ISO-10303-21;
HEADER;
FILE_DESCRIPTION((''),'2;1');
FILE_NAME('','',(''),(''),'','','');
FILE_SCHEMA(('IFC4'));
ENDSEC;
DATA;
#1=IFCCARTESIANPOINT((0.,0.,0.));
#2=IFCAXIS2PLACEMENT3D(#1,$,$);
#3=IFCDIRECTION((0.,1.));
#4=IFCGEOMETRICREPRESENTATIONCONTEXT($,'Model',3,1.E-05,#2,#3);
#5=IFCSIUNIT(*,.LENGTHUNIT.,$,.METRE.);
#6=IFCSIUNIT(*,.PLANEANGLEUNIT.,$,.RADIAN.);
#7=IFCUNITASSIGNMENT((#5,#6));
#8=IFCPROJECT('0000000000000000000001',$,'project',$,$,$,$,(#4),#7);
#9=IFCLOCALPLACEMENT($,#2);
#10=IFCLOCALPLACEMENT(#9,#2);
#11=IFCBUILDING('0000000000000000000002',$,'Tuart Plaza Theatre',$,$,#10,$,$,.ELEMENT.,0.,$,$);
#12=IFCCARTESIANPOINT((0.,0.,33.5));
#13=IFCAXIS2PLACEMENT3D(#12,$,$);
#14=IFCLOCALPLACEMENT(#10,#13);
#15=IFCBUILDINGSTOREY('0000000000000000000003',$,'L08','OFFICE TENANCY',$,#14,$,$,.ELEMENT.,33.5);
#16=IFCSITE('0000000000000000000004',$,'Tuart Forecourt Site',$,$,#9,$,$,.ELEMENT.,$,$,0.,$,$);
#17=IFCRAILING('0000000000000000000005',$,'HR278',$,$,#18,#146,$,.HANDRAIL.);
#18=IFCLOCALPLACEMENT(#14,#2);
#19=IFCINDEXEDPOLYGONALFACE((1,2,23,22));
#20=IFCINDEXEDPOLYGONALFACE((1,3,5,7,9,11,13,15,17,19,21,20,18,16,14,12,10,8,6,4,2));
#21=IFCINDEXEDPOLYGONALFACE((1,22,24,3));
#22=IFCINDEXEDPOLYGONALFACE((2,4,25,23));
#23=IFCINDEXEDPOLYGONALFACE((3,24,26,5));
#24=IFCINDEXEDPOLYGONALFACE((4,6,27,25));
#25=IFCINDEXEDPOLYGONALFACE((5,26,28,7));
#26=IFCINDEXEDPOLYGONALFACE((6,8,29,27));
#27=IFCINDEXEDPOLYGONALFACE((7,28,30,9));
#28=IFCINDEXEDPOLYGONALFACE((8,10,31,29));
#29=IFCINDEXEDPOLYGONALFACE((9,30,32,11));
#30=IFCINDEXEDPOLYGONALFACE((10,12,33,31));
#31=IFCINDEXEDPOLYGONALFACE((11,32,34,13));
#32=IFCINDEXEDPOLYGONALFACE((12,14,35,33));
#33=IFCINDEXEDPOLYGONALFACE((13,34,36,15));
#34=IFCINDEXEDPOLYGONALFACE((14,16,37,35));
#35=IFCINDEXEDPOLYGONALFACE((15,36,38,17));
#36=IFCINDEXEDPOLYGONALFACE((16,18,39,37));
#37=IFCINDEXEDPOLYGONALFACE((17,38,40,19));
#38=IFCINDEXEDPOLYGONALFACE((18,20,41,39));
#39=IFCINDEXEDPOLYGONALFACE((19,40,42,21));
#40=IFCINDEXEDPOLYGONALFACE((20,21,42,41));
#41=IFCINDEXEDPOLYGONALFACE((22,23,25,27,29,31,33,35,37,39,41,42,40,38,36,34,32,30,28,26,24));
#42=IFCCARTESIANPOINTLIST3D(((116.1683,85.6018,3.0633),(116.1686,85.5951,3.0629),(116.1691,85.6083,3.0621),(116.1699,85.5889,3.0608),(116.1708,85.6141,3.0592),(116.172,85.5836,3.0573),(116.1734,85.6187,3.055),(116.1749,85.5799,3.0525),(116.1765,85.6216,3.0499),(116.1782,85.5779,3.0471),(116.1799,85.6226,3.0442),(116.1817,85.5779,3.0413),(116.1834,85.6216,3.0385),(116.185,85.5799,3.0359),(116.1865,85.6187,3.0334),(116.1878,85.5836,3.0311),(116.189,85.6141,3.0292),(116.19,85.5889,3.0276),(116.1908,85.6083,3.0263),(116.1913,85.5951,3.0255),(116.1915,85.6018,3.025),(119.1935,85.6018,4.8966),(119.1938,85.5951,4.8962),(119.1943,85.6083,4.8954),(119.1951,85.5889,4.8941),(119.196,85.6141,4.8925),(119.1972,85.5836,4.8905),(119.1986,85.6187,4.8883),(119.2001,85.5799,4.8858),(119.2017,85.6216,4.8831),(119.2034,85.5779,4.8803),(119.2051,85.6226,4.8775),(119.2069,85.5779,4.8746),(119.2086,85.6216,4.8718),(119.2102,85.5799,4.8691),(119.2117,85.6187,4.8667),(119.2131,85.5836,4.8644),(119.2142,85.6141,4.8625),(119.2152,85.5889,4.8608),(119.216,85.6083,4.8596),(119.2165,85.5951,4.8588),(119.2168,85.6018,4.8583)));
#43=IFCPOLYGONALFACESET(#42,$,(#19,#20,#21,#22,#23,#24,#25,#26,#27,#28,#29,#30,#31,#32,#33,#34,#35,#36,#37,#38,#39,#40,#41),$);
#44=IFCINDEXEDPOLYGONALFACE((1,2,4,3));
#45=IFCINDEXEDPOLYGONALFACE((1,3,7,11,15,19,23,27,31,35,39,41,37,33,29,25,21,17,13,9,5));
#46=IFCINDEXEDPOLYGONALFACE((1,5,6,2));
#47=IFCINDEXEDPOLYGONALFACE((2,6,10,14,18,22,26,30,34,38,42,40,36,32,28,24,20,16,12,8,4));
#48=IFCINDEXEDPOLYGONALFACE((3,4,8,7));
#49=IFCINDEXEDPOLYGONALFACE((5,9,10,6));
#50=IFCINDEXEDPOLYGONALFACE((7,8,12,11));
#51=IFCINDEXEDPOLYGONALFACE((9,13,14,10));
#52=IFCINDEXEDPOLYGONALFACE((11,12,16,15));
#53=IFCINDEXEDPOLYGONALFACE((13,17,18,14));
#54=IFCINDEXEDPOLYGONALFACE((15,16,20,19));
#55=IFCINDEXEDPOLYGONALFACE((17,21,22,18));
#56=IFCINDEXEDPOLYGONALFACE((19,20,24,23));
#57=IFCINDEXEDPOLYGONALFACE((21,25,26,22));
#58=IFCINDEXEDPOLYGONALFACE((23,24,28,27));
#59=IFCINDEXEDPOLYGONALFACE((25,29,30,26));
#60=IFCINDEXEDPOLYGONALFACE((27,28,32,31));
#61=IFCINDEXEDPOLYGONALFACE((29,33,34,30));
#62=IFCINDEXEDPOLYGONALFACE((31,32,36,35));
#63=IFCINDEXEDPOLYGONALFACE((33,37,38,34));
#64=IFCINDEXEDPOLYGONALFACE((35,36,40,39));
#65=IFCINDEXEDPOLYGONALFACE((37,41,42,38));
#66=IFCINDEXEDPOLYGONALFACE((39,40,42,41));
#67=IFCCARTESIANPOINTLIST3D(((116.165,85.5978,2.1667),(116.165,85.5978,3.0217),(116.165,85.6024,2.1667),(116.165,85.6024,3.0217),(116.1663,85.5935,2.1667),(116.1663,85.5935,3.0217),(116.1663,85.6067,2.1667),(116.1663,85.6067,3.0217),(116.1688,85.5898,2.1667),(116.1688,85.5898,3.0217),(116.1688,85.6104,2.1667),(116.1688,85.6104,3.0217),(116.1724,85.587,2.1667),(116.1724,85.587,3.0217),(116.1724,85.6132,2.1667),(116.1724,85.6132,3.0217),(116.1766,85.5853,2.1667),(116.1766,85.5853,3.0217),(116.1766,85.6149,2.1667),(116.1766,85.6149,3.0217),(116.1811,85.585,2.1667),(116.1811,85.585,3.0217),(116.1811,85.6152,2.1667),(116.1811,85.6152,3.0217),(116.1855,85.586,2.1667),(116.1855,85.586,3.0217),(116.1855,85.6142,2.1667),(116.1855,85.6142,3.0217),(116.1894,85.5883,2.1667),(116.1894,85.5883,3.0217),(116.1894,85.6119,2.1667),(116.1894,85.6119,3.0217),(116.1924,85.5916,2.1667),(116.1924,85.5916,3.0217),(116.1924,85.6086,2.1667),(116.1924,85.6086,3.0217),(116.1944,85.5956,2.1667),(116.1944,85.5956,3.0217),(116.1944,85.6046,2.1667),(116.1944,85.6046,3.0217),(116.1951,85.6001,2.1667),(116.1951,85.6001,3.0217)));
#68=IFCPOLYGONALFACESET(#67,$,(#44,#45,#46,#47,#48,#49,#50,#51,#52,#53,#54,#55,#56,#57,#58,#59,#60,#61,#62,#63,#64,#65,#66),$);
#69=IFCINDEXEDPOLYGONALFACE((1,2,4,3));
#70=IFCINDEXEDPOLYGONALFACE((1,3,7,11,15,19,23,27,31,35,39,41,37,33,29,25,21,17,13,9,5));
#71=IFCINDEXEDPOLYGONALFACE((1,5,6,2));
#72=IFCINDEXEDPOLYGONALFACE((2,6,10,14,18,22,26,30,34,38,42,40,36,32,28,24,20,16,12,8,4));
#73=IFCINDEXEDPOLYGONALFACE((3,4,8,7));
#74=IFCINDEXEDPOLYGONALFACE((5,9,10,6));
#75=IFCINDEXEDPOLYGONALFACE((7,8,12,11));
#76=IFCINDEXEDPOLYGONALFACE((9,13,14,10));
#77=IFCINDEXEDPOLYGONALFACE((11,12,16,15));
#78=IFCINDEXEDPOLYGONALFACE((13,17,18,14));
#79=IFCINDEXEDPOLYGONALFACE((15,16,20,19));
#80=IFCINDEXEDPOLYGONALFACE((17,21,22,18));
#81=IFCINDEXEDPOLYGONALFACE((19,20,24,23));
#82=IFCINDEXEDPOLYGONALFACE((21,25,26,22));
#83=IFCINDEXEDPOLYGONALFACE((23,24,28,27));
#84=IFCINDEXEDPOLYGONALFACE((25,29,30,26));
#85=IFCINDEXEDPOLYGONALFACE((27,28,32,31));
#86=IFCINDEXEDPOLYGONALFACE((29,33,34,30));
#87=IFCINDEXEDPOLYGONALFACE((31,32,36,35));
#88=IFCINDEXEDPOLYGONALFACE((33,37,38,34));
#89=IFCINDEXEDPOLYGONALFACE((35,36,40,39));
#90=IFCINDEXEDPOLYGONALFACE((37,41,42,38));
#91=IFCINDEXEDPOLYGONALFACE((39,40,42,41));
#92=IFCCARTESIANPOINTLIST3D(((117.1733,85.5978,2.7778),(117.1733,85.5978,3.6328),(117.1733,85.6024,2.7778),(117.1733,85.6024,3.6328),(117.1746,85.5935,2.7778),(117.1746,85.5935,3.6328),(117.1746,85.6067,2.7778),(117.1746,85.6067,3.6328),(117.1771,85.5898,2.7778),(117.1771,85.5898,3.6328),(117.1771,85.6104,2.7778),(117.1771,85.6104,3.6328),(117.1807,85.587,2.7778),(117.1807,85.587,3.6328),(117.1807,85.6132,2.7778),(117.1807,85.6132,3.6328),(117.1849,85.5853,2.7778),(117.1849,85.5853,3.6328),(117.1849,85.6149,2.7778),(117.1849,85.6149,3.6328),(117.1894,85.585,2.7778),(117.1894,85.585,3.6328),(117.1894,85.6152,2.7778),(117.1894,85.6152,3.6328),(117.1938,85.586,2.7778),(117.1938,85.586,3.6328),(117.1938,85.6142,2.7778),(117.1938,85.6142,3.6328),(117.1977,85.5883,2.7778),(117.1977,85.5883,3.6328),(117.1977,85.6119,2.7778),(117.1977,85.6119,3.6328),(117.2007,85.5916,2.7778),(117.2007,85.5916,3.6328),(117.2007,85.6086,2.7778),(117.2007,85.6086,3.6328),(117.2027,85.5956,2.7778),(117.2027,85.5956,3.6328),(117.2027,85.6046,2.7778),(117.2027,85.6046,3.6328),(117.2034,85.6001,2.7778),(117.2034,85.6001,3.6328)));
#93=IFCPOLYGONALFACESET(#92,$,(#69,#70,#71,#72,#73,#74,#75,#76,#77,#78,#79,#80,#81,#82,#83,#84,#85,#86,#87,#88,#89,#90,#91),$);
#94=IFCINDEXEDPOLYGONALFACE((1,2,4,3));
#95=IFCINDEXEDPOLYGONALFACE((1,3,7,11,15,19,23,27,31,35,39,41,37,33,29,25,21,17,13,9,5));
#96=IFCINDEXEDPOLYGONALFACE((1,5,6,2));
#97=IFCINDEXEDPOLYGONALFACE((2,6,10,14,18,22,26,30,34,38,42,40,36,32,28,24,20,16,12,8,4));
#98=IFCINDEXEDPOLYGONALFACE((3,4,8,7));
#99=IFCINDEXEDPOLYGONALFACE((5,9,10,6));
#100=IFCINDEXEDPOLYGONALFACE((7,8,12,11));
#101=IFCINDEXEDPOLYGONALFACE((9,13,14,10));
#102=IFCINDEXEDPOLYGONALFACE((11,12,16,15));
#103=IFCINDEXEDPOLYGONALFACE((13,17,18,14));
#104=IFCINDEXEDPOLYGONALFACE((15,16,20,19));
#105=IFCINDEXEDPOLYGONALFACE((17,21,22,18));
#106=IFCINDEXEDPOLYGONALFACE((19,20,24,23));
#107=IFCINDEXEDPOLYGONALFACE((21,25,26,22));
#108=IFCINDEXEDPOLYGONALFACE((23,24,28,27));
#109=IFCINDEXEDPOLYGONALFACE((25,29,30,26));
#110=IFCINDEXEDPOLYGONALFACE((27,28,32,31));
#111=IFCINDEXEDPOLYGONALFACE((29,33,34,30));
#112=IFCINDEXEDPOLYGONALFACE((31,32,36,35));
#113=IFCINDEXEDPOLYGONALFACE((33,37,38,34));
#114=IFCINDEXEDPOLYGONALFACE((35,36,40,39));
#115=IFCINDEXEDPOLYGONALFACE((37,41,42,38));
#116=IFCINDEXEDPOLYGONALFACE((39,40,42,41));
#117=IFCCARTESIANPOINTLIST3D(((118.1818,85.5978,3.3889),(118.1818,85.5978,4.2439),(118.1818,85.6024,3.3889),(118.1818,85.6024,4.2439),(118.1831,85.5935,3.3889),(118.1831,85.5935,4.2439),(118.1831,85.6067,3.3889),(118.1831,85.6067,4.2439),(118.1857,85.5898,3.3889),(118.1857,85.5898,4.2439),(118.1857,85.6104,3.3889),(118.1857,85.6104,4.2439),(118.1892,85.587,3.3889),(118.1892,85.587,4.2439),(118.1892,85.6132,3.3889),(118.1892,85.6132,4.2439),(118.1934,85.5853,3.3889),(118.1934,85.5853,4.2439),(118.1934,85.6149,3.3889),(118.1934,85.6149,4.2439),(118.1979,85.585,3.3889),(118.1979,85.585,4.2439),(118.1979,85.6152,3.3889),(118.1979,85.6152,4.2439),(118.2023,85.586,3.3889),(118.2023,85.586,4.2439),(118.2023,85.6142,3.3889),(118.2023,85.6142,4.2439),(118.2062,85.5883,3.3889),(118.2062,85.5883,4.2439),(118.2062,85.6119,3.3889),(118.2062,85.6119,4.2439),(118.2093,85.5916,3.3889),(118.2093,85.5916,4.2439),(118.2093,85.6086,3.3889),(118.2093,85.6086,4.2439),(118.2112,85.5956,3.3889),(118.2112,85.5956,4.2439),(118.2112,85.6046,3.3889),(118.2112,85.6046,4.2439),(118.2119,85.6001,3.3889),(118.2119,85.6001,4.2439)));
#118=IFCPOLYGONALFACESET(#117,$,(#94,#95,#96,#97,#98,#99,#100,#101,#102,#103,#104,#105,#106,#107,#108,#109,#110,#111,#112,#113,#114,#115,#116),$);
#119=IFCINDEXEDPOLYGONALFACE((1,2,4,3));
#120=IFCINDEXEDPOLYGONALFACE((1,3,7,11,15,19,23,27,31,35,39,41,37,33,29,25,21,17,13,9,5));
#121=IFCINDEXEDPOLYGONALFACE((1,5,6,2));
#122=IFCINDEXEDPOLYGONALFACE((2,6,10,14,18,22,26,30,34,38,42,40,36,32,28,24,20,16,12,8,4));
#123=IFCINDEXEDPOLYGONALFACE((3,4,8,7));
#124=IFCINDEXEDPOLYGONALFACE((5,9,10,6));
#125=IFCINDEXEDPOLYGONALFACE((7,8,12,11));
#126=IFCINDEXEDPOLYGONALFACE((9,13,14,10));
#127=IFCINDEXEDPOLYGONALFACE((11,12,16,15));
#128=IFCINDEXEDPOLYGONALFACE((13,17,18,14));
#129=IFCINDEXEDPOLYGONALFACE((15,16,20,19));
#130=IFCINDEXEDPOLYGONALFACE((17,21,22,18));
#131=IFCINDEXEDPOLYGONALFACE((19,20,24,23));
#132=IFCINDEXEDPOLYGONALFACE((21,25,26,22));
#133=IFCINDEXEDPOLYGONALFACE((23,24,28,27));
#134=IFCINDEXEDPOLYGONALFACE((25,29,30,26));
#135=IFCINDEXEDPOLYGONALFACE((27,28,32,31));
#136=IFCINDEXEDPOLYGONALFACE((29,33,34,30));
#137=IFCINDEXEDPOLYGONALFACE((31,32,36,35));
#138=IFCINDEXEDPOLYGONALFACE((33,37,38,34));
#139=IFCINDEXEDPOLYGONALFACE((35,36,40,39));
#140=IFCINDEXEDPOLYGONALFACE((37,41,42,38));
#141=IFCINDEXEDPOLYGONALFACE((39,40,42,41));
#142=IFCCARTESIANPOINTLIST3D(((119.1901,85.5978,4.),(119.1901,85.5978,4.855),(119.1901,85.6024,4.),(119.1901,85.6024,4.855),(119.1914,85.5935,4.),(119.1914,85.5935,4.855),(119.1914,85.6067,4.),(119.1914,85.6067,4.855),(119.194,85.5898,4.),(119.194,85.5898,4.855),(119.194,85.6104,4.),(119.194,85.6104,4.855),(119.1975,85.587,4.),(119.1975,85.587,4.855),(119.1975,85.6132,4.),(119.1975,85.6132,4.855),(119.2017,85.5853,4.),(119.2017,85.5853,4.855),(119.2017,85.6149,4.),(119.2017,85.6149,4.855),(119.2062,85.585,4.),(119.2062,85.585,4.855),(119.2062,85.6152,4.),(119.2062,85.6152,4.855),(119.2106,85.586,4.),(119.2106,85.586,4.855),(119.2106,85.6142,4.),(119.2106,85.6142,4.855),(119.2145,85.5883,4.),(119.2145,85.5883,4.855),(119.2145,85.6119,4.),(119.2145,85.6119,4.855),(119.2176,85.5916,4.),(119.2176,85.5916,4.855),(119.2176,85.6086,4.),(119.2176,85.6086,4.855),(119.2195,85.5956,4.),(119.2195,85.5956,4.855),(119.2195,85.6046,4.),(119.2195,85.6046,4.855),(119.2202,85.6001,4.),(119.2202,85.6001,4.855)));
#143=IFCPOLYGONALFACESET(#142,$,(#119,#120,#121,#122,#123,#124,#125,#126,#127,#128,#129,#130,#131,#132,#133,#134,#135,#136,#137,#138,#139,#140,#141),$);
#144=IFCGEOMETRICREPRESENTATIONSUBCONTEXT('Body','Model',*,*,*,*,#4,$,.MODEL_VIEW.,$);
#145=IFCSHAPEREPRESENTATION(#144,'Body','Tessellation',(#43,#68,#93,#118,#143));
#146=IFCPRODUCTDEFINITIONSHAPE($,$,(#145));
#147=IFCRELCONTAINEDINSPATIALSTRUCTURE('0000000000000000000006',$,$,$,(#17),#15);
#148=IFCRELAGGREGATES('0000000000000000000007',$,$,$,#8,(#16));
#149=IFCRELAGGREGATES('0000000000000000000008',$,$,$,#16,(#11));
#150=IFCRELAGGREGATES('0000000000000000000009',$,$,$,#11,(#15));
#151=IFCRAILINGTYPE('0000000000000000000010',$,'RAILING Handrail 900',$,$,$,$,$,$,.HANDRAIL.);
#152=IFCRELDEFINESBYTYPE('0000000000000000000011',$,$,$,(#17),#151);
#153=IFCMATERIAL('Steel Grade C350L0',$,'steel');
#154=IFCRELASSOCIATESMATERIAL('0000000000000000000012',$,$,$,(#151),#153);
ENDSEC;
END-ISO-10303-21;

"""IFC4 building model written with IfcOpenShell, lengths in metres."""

from ifc_helpers import new_model, si_unit, direction, frame, origin, origin_2d, place, context, subcontext, project, spatial, circle, extrude, material, type_object, element, save


model = new_model("IFC4")

# Units and contexts
model_context = context("Model", 3, precision=1e-05, world=origin(), true_north=direction((0.0, 1.0)))
body_context = subcontext(model_context, "Body", "Model", "MODEL_VIEW")
ifc_project = project(units=[si_unit("LENGTHUNIT", "METRE"), si_unit("PLANEANGLEUNIT", "RADIAN")], contexts=[model_context])

# Site, building, storey
site_placement = place(None, origin())
site = spatial("IfcSite", under=ifc_project, at=site_placement, Name="Tuart Forecourt Site", CompositionType="ELEMENT", RefElevation=0.0)
building_placement = place(site_placement, origin())
building = spatial("IfcBuilding", under=site, at=building_placement, Name="Tuart Plaza Theatre", CompositionType="ELEMENT", ElevationOfRefHeight=0.0)
storey_placement = place(building_placement, frame((0.0, 0.0, 33.5)))
storey = spatial("IfcBuildingStorey", under=building, at=storey_placement, Name="L08", Description="OFFICE TENANCY", CompositionType="ELEMENT", Elevation=33.5)

# Railing
ifc_material_1 = material(Name="Steel Grade C350L0", Category="steel")
railing_type_1 = type_object("IfcRailingType", Name="RAILING Handrail 900", PredefinedType="HANDRAIL", material=ifc_material_1)
for number, where, name in (
    (1, (116.1799, 85.6001, 2.1667), "HR278"),
):
    element("IfcRailing", number, at=place(storey_placement, frame(where)), inside=storey, type_object=railing_type_1, Name=name, PredefinedType="HANDRAIL", context=body_context, shape_type="SweptSolid", body=[
        extrude(circle(Radius=0.0225, at=origin_2d()), frame((0.0, 0.0, 0.8774), z_axis=(0.855219, 0.0, 0.518267), x_axis=(0.0, 1.0, 0.0)), (0.0, 0.0, 1.0), 3.5374),
        extrude(circle(Radius=0.0151, at=origin_2d()), origin(), (0.0, 0.0, 1.0), 0.855),
        extrude(circle(Radius=0.0151, at=origin_2d()), frame((1.0083, 0.0, 0.6111)), (0.0, 0.0, 1.0), 0.855),
        extrude(circle(Radius=0.0151, at=origin_2d()), frame((2.0168, 0.0, 1.2222)), (0.0, 0.0, 1.0), 0.855),
        extrude(circle(Radius=0.0151, at=origin_2d()), frame((3.0251, 0.0, 1.8333)), (0.0, 0.0, 1.0), 0.855),
    ])

save(model, "model.ifc")
